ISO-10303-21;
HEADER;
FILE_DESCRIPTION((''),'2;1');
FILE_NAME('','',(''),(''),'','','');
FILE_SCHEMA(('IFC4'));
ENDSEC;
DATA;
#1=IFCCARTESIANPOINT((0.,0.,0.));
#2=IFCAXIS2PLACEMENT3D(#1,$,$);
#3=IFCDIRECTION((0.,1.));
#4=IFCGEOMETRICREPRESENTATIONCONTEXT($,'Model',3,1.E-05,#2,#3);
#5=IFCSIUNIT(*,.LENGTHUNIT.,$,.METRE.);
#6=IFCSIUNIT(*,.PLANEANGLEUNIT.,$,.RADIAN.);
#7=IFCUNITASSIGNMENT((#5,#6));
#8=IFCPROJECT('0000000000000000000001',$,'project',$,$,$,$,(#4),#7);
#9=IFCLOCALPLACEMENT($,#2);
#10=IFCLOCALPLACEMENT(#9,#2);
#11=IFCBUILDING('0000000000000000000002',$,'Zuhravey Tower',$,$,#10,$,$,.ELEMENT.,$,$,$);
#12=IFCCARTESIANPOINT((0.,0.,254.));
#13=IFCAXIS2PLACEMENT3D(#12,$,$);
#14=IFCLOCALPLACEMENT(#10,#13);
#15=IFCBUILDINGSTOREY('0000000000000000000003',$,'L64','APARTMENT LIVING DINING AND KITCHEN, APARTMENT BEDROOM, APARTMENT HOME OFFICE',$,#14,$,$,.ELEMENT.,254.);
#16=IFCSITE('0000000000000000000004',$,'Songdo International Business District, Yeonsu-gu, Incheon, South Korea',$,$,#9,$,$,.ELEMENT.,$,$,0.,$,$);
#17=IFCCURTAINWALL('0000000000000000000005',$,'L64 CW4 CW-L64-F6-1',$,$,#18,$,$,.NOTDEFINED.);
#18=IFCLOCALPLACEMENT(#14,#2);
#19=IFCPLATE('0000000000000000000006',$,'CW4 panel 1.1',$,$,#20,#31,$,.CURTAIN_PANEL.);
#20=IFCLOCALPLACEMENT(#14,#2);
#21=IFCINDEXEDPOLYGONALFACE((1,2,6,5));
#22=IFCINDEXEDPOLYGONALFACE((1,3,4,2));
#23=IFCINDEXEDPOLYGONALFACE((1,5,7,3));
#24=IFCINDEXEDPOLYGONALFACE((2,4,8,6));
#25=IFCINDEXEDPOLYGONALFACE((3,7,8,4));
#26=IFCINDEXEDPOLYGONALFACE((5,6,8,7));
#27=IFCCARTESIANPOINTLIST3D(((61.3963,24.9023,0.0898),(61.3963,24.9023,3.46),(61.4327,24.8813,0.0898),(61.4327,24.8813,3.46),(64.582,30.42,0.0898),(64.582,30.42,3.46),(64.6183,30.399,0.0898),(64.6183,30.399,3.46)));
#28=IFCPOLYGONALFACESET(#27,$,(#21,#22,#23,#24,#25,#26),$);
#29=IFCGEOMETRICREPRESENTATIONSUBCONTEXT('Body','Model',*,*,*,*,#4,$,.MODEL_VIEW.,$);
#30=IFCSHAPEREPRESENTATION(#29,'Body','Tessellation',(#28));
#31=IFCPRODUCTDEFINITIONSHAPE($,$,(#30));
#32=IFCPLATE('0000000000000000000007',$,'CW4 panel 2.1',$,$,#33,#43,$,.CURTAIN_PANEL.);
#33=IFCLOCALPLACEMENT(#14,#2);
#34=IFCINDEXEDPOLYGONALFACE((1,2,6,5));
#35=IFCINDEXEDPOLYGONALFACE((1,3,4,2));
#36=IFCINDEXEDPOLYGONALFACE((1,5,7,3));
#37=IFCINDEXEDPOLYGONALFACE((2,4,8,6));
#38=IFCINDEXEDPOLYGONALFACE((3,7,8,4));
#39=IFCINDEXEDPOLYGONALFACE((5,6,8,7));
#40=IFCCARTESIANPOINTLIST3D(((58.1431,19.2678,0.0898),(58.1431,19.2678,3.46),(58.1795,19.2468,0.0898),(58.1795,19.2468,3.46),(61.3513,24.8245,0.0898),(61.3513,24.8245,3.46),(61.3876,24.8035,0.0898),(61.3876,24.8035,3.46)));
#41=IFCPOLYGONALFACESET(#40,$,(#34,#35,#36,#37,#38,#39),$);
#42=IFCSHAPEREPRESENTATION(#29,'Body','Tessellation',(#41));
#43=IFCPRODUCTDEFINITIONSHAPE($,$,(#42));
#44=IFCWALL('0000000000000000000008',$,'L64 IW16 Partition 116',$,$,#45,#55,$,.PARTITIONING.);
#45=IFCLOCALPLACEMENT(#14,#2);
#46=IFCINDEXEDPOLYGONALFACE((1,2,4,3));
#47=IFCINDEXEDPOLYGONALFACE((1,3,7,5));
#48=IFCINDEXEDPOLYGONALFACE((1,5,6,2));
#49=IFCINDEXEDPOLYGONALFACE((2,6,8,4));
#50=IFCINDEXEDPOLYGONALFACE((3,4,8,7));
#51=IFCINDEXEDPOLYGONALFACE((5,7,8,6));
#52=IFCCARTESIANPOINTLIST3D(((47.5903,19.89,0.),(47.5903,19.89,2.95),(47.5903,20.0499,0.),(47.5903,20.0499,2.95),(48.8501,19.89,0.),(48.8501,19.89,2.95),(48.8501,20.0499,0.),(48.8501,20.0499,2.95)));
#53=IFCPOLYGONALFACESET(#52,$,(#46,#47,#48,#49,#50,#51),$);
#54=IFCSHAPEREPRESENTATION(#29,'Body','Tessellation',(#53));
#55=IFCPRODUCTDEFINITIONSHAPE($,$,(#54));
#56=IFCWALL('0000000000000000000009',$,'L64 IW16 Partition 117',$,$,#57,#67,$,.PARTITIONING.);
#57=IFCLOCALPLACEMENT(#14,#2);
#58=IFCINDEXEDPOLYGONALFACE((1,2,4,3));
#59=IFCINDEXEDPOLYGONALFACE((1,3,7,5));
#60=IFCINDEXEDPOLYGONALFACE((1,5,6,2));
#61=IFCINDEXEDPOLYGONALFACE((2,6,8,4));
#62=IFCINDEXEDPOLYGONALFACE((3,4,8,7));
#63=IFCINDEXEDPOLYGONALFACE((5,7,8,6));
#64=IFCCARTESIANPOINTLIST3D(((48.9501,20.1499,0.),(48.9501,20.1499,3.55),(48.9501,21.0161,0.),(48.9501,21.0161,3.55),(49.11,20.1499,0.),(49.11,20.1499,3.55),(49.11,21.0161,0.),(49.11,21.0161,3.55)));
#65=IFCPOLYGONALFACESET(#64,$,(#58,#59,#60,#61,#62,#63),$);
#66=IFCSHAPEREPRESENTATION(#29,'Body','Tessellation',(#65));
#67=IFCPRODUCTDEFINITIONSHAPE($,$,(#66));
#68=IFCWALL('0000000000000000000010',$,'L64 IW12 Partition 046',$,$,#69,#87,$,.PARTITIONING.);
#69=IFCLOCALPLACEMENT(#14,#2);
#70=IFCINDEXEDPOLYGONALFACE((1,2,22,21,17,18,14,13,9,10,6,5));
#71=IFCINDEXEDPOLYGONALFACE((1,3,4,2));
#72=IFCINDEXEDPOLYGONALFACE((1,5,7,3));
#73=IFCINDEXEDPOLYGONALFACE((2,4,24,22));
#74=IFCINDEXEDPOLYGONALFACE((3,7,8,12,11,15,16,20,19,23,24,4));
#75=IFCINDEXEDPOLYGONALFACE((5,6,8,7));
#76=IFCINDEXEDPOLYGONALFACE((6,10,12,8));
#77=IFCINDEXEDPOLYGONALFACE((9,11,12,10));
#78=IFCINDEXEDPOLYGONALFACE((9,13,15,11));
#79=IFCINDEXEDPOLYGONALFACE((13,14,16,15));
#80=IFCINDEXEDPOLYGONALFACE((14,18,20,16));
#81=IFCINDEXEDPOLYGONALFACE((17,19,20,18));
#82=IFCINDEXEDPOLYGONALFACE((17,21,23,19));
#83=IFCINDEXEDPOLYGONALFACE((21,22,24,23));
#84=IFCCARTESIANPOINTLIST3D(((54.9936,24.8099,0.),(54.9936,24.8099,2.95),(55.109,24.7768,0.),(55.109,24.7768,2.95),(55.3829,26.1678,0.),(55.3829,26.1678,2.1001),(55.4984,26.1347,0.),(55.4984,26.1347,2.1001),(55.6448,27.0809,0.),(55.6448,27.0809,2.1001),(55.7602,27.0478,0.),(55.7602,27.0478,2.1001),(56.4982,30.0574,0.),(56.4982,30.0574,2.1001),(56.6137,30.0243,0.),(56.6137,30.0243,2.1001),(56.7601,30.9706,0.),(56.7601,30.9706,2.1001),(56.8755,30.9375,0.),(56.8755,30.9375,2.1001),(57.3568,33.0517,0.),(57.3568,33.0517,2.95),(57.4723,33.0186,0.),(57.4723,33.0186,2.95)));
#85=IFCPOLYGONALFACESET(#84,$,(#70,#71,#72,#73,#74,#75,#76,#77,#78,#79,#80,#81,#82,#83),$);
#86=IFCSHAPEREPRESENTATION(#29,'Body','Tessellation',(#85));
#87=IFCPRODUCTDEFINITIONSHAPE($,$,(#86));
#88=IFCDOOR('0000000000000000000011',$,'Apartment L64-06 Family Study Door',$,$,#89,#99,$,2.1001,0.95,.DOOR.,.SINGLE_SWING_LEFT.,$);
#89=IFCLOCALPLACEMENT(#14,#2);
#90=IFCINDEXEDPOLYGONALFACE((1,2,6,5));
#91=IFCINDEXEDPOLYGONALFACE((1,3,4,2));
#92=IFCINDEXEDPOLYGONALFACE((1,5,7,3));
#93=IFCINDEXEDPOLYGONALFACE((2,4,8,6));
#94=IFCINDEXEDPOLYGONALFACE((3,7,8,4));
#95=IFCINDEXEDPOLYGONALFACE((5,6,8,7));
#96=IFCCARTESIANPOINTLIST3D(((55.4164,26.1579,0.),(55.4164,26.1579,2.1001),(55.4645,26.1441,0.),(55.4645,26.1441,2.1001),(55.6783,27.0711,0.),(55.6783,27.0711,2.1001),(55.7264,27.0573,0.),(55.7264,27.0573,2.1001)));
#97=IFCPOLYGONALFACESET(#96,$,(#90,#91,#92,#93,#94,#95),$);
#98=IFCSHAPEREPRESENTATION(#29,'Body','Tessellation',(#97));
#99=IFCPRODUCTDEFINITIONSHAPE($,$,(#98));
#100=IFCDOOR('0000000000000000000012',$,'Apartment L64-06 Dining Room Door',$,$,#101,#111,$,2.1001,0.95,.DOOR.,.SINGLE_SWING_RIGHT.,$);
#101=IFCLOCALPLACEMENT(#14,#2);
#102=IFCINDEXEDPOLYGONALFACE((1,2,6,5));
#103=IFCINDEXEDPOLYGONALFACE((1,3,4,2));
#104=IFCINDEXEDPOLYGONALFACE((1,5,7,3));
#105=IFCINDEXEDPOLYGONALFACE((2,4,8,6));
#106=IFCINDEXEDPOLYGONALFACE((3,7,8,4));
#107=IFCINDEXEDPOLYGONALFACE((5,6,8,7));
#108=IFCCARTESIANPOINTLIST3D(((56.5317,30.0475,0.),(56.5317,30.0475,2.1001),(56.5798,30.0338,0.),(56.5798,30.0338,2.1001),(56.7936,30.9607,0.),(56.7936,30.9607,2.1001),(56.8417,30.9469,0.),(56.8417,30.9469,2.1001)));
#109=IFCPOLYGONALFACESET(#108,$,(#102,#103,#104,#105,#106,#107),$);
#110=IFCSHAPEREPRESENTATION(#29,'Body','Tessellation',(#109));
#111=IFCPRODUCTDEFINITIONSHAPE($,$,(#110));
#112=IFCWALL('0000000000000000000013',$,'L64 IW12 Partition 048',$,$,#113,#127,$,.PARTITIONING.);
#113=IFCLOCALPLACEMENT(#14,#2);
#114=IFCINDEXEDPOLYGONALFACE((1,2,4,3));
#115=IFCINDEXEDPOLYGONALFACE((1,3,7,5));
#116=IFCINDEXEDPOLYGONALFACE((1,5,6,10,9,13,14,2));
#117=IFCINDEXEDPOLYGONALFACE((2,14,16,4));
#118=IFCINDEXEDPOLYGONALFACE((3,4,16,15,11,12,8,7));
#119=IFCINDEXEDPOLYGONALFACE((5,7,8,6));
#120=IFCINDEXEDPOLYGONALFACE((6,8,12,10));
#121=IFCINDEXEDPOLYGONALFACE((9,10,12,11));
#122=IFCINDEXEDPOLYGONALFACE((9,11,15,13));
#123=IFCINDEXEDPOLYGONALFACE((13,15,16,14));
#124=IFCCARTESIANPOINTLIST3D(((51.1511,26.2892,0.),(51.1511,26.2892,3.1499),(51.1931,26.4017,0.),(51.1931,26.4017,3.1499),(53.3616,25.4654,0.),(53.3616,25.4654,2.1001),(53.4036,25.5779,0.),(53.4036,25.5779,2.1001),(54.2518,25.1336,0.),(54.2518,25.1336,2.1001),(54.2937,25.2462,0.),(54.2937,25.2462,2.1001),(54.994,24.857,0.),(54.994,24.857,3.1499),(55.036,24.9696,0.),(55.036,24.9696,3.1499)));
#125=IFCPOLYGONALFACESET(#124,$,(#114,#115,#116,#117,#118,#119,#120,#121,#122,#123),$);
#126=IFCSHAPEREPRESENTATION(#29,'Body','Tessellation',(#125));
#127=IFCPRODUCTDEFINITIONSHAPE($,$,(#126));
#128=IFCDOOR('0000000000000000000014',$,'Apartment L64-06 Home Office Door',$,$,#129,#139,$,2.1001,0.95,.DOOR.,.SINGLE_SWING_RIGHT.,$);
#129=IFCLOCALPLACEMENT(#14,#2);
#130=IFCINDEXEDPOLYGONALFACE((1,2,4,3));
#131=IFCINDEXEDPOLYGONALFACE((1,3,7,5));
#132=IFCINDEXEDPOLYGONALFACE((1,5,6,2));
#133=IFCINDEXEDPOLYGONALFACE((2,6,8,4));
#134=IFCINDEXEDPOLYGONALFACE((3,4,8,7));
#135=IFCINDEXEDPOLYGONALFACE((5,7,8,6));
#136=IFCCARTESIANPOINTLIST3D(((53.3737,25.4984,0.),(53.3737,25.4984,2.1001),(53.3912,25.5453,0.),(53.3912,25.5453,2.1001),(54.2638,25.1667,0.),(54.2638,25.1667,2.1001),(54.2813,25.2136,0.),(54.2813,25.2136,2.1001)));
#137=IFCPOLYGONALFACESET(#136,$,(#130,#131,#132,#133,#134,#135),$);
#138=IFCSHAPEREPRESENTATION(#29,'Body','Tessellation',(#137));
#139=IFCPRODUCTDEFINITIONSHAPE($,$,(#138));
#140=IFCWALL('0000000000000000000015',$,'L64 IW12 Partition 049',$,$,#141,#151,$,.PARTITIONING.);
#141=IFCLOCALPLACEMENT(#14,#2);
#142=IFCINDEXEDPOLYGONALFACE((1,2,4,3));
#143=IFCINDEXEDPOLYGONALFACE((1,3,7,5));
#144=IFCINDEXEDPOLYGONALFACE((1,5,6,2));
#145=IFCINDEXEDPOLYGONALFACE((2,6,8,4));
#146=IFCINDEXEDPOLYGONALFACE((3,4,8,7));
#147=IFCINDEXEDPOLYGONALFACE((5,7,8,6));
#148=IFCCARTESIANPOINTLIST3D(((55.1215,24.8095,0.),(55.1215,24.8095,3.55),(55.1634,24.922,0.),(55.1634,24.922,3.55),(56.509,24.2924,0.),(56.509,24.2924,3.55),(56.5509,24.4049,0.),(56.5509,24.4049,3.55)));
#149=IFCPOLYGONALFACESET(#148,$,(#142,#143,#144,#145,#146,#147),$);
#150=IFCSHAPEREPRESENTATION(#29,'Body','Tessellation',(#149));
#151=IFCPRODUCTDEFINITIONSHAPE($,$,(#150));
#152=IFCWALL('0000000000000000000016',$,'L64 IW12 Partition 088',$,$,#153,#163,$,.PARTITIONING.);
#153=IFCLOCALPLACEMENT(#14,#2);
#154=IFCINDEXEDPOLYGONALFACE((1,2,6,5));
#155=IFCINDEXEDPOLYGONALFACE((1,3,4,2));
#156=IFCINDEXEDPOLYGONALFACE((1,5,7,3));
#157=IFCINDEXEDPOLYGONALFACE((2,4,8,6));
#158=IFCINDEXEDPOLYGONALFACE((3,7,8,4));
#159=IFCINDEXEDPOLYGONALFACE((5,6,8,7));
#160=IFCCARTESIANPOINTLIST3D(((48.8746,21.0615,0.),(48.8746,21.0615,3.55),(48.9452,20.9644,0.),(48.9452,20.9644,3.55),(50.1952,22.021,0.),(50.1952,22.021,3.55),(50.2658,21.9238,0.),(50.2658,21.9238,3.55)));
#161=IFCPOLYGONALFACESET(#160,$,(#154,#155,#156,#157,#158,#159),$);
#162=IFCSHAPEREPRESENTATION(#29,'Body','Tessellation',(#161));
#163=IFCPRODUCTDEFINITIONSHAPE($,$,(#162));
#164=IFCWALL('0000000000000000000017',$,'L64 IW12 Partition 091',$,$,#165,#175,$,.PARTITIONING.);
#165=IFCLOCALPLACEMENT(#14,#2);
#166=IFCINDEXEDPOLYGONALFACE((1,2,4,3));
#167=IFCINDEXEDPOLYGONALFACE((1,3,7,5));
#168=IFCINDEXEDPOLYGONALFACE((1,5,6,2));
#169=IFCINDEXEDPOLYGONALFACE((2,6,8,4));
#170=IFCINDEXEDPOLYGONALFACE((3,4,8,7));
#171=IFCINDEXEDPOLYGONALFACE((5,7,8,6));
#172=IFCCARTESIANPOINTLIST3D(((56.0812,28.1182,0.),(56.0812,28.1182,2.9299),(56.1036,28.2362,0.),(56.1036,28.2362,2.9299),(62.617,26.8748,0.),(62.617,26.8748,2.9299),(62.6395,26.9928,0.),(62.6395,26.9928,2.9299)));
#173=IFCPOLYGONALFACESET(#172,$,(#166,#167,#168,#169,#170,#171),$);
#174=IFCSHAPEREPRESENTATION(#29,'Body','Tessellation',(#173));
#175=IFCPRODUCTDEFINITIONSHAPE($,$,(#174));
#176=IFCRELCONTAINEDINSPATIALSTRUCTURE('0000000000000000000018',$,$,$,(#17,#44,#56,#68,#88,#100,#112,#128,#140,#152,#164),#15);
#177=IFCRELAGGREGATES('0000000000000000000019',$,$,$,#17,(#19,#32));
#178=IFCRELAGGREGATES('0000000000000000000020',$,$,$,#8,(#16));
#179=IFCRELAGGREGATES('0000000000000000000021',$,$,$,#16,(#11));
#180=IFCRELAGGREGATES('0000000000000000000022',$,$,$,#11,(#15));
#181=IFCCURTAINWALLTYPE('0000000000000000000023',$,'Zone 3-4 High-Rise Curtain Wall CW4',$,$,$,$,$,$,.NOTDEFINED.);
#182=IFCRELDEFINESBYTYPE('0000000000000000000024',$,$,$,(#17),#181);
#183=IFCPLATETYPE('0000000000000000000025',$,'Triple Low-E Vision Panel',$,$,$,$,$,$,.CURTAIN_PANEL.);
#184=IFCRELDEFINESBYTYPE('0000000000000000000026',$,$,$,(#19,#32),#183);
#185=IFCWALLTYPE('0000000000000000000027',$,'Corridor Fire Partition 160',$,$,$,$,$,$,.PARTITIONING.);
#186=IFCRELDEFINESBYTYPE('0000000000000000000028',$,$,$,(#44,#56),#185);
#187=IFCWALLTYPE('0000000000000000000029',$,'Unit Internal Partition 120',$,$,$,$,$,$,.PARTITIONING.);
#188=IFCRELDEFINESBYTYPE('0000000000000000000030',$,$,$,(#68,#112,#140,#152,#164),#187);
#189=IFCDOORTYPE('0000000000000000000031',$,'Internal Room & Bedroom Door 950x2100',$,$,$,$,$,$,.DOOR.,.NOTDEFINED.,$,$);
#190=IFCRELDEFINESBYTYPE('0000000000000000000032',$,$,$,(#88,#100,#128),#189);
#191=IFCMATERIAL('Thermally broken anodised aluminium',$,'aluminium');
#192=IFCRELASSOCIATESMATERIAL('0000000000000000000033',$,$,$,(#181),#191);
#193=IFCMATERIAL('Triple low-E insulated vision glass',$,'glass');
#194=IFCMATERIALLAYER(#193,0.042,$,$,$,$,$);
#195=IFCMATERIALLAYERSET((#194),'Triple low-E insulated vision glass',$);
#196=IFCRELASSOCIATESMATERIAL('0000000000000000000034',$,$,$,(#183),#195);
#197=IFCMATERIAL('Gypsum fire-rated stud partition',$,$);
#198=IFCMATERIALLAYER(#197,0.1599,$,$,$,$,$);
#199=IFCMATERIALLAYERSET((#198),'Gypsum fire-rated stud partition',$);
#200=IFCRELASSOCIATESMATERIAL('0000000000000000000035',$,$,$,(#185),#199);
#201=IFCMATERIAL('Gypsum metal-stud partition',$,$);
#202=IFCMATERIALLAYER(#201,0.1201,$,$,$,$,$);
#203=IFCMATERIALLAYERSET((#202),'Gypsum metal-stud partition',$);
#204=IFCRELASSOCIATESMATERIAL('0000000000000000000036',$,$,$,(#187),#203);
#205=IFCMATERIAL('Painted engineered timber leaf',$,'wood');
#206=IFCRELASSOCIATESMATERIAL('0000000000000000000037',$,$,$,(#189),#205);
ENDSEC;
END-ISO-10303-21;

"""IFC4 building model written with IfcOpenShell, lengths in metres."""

from ifc_helpers import new_model, si_unit, direction, frame, frame_2d, origin, origin_2d, place, context, subcontext, project, spatial, rectangle, extrude, material, layer, layer_set, type_object, element, fill, aggregate, save


model = new_model("IFC4")

# Units and contexts
model_context = context("Model", 3, precision=1e-05, world=origin(), true_north=direction((0.0, 1.0)))
body_context = subcontext(model_context, "Body", "Model", "MODEL_VIEW")
ifc_project = project(units=[si_unit("LENGTHUNIT", "METRE"), si_unit("PLANEANGLEUNIT", "RADIAN")], contexts=[model_context])

# Site, building, storey
site_placement = place(None, origin())
site = spatial("IfcSite", under=ifc_project, at=site_placement, Name="Songdo International Business District, Yeonsu-gu, Incheon, South Korea", CompositionType="ELEMENT", RefElevation=0.0)
building_placement = place(site_placement, origin())
building = spatial("IfcBuilding", under=site, at=building_placement, Name="Zuhravey Tower", CompositionType="ELEMENT")
storey_placement = place(building_placement, frame((0.0, 0.0, 254.0)))
storey = spatial("IfcBuildingStorey", under=building, at=storey_placement, Name="L64", Description="APARTMENT LIVING DINING AND KITCHEN, APARTMENT BEDROOM, APARTMENT HOME OFFICE", CompositionType="ELEMENT", Elevation=254.0)

# Curtain wall
ifc_material_1 = material(Name="Thermally broken anodised aluminium", Category="aluminium")
curtain_wall_type = type_object("IfcCurtainWallType", Name="Zone 3-4 High-Rise Curtain Wall CW4", PredefinedType="NOTDEFINED", material=ifc_material_1)
curtain_wall_placement = place(storey_placement, origin())
curtain_wall = element("IfcCurtainWall", 1, at=curtain_wall_placement, inside=storey, type_object=curtain_wall_type, Name="L64 CW4 CW-L64-F6-1", PredefinedType="NOTDEFINED")

# Plates
ifc_material_2 = material(Name="Triple low-E insulated vision glass", Category="glass")
ifc_layer_1 = layer(ifc_material_2, 0.042)
ifc_layer_set_1 = layer_set([ifc_layer_1], Name="Triple low-E insulated vision glass")
plate_type_1 = type_object("IfcPlateType", Name="Triple Low-E Vision Panel", PredefinedType="CURTAIN_PANEL", material=ifc_layer_set_1)
plate_1_placement = place(storey_placement, frame((63.0073, 27.6506, 0.0898), z_axis=(0.0, 0.0, 1.0), x_axis=(-0.500001, -0.866025, 0.0)))
plate_1 = element("IfcPlate", 2, at=plate_1_placement, type_object=plate_type_1, Name="CW4 panel 1.1", PredefinedType="CURTAIN_PANEL", context=body_context, shape_type="SweptSolid", body=[
    extrude(rectangle(XDim=6.3713, YDim=0.042, at=origin_2d()), origin(), (0.0, 0.0, 1.0), 3.3701),
])
plate_2_placement = place(storey_placement, frame((59.7654, 22.0356, 0.0898), z_axis=(0.0, 0.0, 1.0), x_axis=(-0.500001, -0.866025, 0.0)))
plate_2 = element("IfcPlate", 3, at=plate_2_placement, type_object=plate_type_1, Name="CW4 panel 2.1", PredefinedType="CURTAIN_PANEL", context=body_context, shape_type="SweptSolid", body=[
    extrude(rectangle(XDim=6.4163, YDim=0.042, at=origin_2d()), origin(), (0.0, 0.0, 1.0), 3.3701),
])
aggregate(curtain_wall, [plate_1, plate_2])

# Walls
ifc_material_3 = material(Name="Gypsum fire-rated stud partition")
ifc_layer_2 = layer(ifc_material_3, 0.1599)
ifc_layer_set_2 = layer_set([ifc_layer_2], Name="Gypsum fire-rated stud partition")
wall_type_1 = type_object("IfcWallType", Name="Corridor Fire Partition 160", PredefinedType="PARTITIONING", material=ifc_layer_set_2)
wall_1_placement = place(storey_placement, frame((47.5903, 19.97, 0.0), z_axis=(0.0, 0.0, 1.0), x_axis=(1.0, 0.0, 0.0)))
element("IfcWall", 4, at=wall_1_placement, inside=storey, type_object=wall_type_1, Name="L64 IW16 Partition 116", PredefinedType="PARTITIONING", context=body_context, shape_type="SweptSolid", body=[
    extrude(rectangle(XDim=1.2598, YDim=0.1599, at=frame_2d((0.6299, 0.0))), origin(), (0.0, 0.0, 1.0), 2.95),
])
wall_2_placement = place(storey_placement, frame((49.03, 20.1499, 0.0), z_axis=(0.0, 0.0, 1.0), x_axis=(0.0, 1.0, 0.0)))
element("IfcWall", 5, at=wall_2_placement, inside=storey, type_object=wall_type_1, Name="L64 IW16 Partition 117", PredefinedType="PARTITIONING", context=body_context, shape_type="SweptSolid", body=[
    extrude(rectangle(XDim=0.8662, YDim=0.1599, at=frame_2d((0.4331, 0.0))), origin(), (0.0, 0.0, 1.0), 3.55),
])

# Wall, openings, doors
ifc_material_4 = material(Name="Gypsum metal-stud partition")
ifc_layer_3 = layer(ifc_material_4, 0.1201)
ifc_layer_set_3 = layer_set([ifc_layer_3], Name="Gypsum metal-stud partition")
wall_type_2 = type_object("IfcWallType", Name="Unit Internal Partition 120", PredefinedType="PARTITIONING", material=ifc_layer_set_3)
wall_3_placement = place(storey_placement, frame((55.0513, 24.7932, 0.0), z_axis=(0.0, 0.0, 1.0), x_axis=(0.275631, 0.961263, 0.0)))
wall_3 = element("IfcWall", 6, at=wall_3_placement, inside=storey, type_object=wall_type_2, Name="L64 IW12 Partition 046", PredefinedType="PARTITIONING", context=body_context, shape_type="SweptSolid", body=[
    extrude(rectangle(XDim=8.574, YDim=0.1201, at=frame_2d((4.2871, 0.0))), origin(), (0.0, 0.0, 1.0), 2.95),
])
opening_1_placement = place(wall_3_placement, frame((1.4126, 0.0, 0.0)))
opening_1 = element("IfcOpeningElement", 7, at=opening_1_placement, cuts=wall_3, PredefinedType="OPENING", context=body_context, shape_type="SweptSolid", body=[
    extrude(rectangle(XDim=0.95, YDim=2.1001, at=frame_2d((0.4751, 1.05))), frame((0.0, 0.072, 0.0), z_axis=(0.0, -1.0, 0.0), x_axis=(1.0, 0.0, 0.0)), (0.0, 0.0, 1.0), 0.144),
])
opening_2_placement = place(wall_3_placement, frame((5.459, 0.0, 0.0)))
opening_2 = element("IfcOpeningElement", 8, at=opening_2_placement, cuts=wall_3, PredefinedType="OPENING", context=body_context, shape_type="SweptSolid", body=[
    extrude(rectangle(XDim=0.95, YDim=2.1001, at=frame_2d((0.4751, 1.05))), frame((0.0, 0.072, 0.0), z_axis=(0.0, -1.0, 0.0), x_axis=(1.0, 0.0, 0.0)), (0.0, 0.0, 1.0), 0.144),
])
ifc_material_5 = material(Name="Painted engineered timber leaf", Category="wood")
door_type = type_object("IfcDoorType", Name="Internal Room & Bedroom Door 950x2100", OperationType="NOTDEFINED", PredefinedType="DOOR", material=ifc_material_5)
door_1_placement = place(opening_1_placement, frame((0.95, 0.0, 0.0), z_axis=(0.0, 0.0, 1.0), x_axis=(-1.0, 0.0, 0.0)))
door_1 = element("IfcDoor", 9, at=door_1_placement, inside=storey, type_object=door_type, Name="Apartment L64-06 Family Study Door", OperationType="SINGLE_SWING_LEFT", OverallHeight=2.1001, OverallWidth=0.95, PredefinedType="DOOR", context=body_context, shape_type="SweptSolid", body=[
    extrude(rectangle(XDim=0.95, YDim=2.1001, at=frame_2d((0.4751, 1.05))), frame((0.0, 0.0249, 0.0), z_axis=(0.0, -1.0, 0.0), x_axis=(1.0, 0.0, 0.0)), (0.0, 0.0, 1.0), 0.05),
])
fill(opening_1, door_1)
door_2_placement = place(opening_2_placement, frame((0.95, 0.0, 0.0), z_axis=(0.0, 0.0, 1.0), x_axis=(-1.0, 0.0, 0.0)))
door_2 = element("IfcDoor", 10, at=door_2_placement, inside=storey, type_object=door_type, Name="Apartment L64-06 Dining Room Door", OperationType="SINGLE_SWING_RIGHT", OverallHeight=2.1001, OverallWidth=0.95, PredefinedType="DOOR", context=body_context, shape_type="SweptSolid", body=[
    extrude(rectangle(XDim=0.95, YDim=2.1001, at=frame_2d((0.4751, 1.05))), frame((0.0, 0.0249, 0.0), z_axis=(0.0, -1.0, 0.0), x_axis=(1.0, 0.0, 0.0)), (0.0, 0.0, 1.0), 0.05),
])
fill(opening_2, door_2)

# Wall, opening, door
wall_4_placement = place(storey_placement, frame((51.1721, 26.3455, 0.0), z_axis=(0.0, 0.0, 1.0), x_axis=(0.937042, -0.349218, 0.0)))
wall_4 = element("IfcWall", 11, at=wall_4_placement, inside=storey, type_object=wall_type_2, Name="L64 IW12 Partition 048", PredefinedType="PARTITIONING", context=body_context, shape_type="SweptSolid", body=[
    extrude(rectangle(XDim=4.1011, YDim=0.1201, at=frame_2d((2.0505, 0.0))), origin(), (0.0, 0.0, 1.0), 3.1499),
])
opening_3_placement = place(wall_4_placement, frame((2.3589, 0.0, 0.0)))
opening_3 = element("IfcOpeningElement", 12, at=opening_3_placement, cuts=wall_4, PredefinedType="OPENING", context=body_context, shape_type="SweptSolid", body=[
    extrude(rectangle(XDim=0.95, YDim=2.1001, at=frame_2d((0.4751, 1.05))), frame((0.0, 0.072, 0.0), z_axis=(0.0, -1.0, 0.0), x_axis=(1.0, 0.0, 0.0)), (0.0, 0.0, 1.0), 0.144),
])
door_3_placement = place(opening_3_placement, frame((0.95, 0.0, 0.0), z_axis=(0.0, 0.0, 1.0), x_axis=(-1.0, 0.0, 0.0)))
door_3 = element("IfcDoor", 13, at=door_3_placement, inside=storey, type_object=door_type, Name="Apartment L64-06 Home Office Door", OperationType="SINGLE_SWING_RIGHT", OverallHeight=2.1001, OverallWidth=0.95, PredefinedType="DOOR", context=body_context, shape_type="SweptSolid", body=[
    extrude(rectangle(XDim=0.95, YDim=2.1001, at=frame_2d((0.4751, 1.05))), frame((0.0, 0.0249, 0.0), z_axis=(0.0, -1.0, 0.0), x_axis=(1.0, 0.0, 0.0)), (0.0, 0.0, 1.0), 0.05),
])
fill(opening_3, door_3)

# Walls
wall_5_placement = place(storey_placement, frame((55.1426, 24.8657, 0.0), z_axis=(0.0, 0.0, 1.0), x_axis=(0.937039, -0.349225, 0.0)))
element("IfcWall", 14, at=wall_5_placement, inside=storey, type_object=wall_type_2, Name="L64 IW12 Partition 049", PredefinedType="PARTITIONING", context=body_context, shape_type="SweptSolid", body=[
    extrude(rectangle(XDim=1.4807, YDim=0.1201, at=frame_2d((0.7402, 0.0))), origin(), (0.0, 0.0, 1.0), 3.55),
])
wall_6_placement = place(storey_placement, frame((48.9099, 21.0129, 0.0), z_axis=(0.0, 0.0, 1.0), x_axis=(0.809008, 0.587798, 0.0)))
element("IfcWall", 15, at=wall_6_placement, inside=storey, type_object=wall_type_2, Name="L64 IW12 Partition 088", PredefinedType="PARTITIONING", context=body_context, shape_type="SweptSolid", body=[
    extrude(rectangle(XDim=1.6323, YDim=0.1201, at=frame_2d((0.8162, 0.0))), origin(), (0.0, 0.0, 1.0), 3.55),
])
wall_7_placement = place(storey_placement, frame((56.0923, 28.1772, 0.0), z_axis=(0.0, 0.0, 1.0), x_axis=(0.982381, -0.186891, 0.0)))
element("IfcWall", 16, at=wall_7_placement, inside=storey, type_object=wall_type_2, Name="L64 IW12 Partition 091", PredefinedType="PARTITIONING", context=body_context, shape_type="SweptSolid", body=[
    extrude(rectangle(XDim=6.6531, YDim=0.1201, at=frame_2d((3.3267, 0.0))), origin(), (0.0, 0.0, 1.0), 2.9299),
])

save(model, "model.ifc")
